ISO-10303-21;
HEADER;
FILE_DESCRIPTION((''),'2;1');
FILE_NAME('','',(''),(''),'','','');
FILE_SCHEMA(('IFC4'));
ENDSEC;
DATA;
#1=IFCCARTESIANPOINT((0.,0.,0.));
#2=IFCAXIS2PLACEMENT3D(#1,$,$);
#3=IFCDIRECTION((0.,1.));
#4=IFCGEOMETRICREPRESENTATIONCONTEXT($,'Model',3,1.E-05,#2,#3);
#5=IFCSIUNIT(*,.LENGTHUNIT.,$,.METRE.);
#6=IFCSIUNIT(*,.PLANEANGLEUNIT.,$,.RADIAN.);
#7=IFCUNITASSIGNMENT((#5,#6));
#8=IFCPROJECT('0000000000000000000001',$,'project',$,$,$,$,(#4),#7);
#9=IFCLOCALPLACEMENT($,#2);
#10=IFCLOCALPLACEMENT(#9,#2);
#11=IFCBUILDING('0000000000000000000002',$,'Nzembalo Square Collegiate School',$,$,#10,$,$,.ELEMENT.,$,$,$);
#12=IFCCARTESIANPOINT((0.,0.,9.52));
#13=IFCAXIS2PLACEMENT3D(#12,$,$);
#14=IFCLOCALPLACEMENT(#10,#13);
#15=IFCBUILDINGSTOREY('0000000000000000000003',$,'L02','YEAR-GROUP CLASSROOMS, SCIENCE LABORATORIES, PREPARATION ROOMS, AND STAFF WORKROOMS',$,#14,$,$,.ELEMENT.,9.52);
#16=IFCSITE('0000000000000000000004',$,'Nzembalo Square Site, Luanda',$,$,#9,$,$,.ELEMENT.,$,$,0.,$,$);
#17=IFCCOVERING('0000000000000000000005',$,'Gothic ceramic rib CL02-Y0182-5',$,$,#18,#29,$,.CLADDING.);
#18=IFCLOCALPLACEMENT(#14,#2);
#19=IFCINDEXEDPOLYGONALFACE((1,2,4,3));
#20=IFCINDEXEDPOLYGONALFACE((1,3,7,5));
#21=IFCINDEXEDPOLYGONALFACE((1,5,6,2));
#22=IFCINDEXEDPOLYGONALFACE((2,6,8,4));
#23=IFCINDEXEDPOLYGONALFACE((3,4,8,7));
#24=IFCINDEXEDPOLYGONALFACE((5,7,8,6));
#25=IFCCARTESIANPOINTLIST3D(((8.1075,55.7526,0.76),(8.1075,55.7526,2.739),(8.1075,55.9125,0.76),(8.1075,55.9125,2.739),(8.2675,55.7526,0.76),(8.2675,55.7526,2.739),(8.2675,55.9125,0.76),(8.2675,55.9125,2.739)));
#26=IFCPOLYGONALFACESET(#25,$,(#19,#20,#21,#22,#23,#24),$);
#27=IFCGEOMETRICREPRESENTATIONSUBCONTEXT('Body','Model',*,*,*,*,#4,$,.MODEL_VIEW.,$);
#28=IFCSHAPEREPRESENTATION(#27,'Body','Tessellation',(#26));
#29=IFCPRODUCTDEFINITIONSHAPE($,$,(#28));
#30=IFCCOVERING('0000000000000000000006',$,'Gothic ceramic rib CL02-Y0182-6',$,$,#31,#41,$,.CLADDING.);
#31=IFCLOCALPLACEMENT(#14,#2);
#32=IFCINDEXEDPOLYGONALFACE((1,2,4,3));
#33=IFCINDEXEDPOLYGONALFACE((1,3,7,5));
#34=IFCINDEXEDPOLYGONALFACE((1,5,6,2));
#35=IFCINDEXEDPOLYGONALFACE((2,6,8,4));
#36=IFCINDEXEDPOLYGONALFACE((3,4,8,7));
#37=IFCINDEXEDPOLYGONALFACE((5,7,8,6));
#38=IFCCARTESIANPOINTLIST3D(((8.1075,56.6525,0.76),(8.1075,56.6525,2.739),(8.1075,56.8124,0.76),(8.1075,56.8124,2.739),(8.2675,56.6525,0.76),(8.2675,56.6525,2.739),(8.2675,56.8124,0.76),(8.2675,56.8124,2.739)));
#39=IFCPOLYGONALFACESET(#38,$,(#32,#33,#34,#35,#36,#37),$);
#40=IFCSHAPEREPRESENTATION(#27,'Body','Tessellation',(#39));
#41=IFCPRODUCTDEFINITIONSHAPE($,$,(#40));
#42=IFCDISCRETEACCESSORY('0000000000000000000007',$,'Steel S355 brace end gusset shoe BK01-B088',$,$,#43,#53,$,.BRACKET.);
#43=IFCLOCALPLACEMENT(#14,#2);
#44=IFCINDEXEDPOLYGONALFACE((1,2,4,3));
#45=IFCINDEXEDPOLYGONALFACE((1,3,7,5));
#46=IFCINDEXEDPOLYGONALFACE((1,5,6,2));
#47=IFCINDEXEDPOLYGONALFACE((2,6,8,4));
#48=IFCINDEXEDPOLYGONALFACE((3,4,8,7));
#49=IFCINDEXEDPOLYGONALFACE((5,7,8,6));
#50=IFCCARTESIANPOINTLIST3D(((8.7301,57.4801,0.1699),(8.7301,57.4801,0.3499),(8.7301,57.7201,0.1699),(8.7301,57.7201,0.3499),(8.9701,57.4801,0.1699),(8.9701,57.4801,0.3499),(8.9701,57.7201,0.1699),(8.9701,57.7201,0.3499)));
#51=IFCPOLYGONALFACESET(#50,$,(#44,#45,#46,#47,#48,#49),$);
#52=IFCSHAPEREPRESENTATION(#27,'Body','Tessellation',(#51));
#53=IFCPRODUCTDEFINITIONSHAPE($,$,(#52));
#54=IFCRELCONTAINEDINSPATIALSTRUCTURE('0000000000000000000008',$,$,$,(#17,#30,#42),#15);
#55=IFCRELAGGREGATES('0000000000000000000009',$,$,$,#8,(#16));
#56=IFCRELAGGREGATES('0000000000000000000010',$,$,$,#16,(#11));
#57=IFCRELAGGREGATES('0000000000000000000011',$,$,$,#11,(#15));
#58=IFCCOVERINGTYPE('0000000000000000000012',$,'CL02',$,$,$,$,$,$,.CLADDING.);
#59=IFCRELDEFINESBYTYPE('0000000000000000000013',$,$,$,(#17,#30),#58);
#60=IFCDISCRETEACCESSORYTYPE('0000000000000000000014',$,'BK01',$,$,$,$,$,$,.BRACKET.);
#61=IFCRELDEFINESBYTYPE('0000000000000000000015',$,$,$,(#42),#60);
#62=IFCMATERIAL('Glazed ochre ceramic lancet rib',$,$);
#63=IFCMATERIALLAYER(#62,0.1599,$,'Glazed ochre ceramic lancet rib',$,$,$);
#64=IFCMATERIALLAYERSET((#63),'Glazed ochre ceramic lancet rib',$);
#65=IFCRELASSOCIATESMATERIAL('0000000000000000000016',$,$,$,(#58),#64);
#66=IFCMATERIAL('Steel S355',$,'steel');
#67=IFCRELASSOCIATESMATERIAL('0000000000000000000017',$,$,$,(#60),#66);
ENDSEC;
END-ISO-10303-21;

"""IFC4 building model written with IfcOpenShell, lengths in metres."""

from ifc_helpers import new_model, si_unit, direction, frame, origin, origin_2d, place, context, subcontext, project, spatial, rectangle, extrude, material, layer, layer_set, type_object, element, save


model = new_model("IFC4")

# Units and contexts
model_context = context("Model", 3, precision=1e-05, world=origin(), true_north=direction((0.0, 1.0)))
body_context = subcontext(model_context, "Body", "Model", "MODEL_VIEW")
ifc_project = project(units=[si_unit("LENGTHUNIT", "METRE"), si_unit("PLANEANGLEUNIT", "RADIAN")], contexts=[model_context])

# Site, building, storey
site_placement = place(None, origin())
site = spatial("IfcSite", under=ifc_project, at=site_placement, Name="Nzembalo Square Site, Luanda", CompositionType="ELEMENT", RefElevation=0.0)
building_placement = place(site_placement, origin())
building = spatial("IfcBuilding", under=site, at=building_placement, Name="Nzembalo Square Collegiate School", CompositionType="ELEMENT")
storey_placement = place(building_placement, frame((0.0, 0.0, 9.52)))
storey = spatial("IfcBuildingStorey", under=building, at=storey_placement, Name="L02", Description="YEAR-GROUP CLASSROOMS, SCIENCE LABORATORIES, PREPARATION ROOMS, AND STAFF WORKROOMS", CompositionType="ELEMENT", Elevation=9.52)

# Coverings
ifc_material_1 = material(Name="Glazed ochre ceramic lancet rib")
ifc_layer_1 = layer(ifc_material_1, 0.1599, Name="Glazed ochre ceramic lancet rib")
ifc_layer_set_1 = layer_set([ifc_layer_1], Name="Glazed ochre ceramic lancet rib")
covering_type_1 = type_object("IfcCoveringType", Name="CL02", PredefinedType="CLADDING", material=ifc_layer_set_1)
for number, where, z_axis, x_axis, name in (
    (1, (8.1875, 55.8325, 0.76), (0.0, 0.0, 1.0), (1.0, 0.0, 0.0), "Gothic ceramic rib CL02-Y0182-5"),
    (2, (8.1875, 56.7324, 0.76), (0.0, 0.0, 1.0), (1.0, 0.0, 0.0), "Gothic ceramic rib CL02-Y0182-6"),
):
    element("IfcCovering", number, at=place(storey_placement, frame(where, z_axis=z_axis, x_axis=x_axis)), inside=storey, type_object=covering_type_1, Name=name, PredefinedType="CLADDING", context=body_context, shape_type="SweptSolid", body=[
        extrude(rectangle(XDim=0.1599, YDim=0.1599, at=origin_2d()), origin(), (0.0, 0.0, 1.0), 1.979),
    ])

# Discrete accessory
ifc_material_2 = material(Name="Steel S355", Category="steel")
discrete_accessory_type = type_object("IfcDiscreteAccessoryType", Name="BK01", PredefinedType="BRACKET", material=ifc_material_2)
discrete_accessory_placement = place(storey_placement, frame((8.8501, 57.6001, 0.1699), z_axis=(0.0, 0.0, 1.0), x_axis=(1.0, 0.0, 0.0)))
element("IfcDiscreteAccessory", 3, at=discrete_accessory_placement, inside=storey, type_object=discrete_accessory_type, Name="Steel S355 brace end gusset shoe BK01-B088", PredefinedType="BRACKET", context=body_context, shape_type="SweptSolid", body=[
    extrude(rectangle(XDim=0.24, YDim=0.24, at=origin_2d()), origin(), (0.0, 0.0, 1.0), 0.1799),
])

save(model, "model.ifc")
